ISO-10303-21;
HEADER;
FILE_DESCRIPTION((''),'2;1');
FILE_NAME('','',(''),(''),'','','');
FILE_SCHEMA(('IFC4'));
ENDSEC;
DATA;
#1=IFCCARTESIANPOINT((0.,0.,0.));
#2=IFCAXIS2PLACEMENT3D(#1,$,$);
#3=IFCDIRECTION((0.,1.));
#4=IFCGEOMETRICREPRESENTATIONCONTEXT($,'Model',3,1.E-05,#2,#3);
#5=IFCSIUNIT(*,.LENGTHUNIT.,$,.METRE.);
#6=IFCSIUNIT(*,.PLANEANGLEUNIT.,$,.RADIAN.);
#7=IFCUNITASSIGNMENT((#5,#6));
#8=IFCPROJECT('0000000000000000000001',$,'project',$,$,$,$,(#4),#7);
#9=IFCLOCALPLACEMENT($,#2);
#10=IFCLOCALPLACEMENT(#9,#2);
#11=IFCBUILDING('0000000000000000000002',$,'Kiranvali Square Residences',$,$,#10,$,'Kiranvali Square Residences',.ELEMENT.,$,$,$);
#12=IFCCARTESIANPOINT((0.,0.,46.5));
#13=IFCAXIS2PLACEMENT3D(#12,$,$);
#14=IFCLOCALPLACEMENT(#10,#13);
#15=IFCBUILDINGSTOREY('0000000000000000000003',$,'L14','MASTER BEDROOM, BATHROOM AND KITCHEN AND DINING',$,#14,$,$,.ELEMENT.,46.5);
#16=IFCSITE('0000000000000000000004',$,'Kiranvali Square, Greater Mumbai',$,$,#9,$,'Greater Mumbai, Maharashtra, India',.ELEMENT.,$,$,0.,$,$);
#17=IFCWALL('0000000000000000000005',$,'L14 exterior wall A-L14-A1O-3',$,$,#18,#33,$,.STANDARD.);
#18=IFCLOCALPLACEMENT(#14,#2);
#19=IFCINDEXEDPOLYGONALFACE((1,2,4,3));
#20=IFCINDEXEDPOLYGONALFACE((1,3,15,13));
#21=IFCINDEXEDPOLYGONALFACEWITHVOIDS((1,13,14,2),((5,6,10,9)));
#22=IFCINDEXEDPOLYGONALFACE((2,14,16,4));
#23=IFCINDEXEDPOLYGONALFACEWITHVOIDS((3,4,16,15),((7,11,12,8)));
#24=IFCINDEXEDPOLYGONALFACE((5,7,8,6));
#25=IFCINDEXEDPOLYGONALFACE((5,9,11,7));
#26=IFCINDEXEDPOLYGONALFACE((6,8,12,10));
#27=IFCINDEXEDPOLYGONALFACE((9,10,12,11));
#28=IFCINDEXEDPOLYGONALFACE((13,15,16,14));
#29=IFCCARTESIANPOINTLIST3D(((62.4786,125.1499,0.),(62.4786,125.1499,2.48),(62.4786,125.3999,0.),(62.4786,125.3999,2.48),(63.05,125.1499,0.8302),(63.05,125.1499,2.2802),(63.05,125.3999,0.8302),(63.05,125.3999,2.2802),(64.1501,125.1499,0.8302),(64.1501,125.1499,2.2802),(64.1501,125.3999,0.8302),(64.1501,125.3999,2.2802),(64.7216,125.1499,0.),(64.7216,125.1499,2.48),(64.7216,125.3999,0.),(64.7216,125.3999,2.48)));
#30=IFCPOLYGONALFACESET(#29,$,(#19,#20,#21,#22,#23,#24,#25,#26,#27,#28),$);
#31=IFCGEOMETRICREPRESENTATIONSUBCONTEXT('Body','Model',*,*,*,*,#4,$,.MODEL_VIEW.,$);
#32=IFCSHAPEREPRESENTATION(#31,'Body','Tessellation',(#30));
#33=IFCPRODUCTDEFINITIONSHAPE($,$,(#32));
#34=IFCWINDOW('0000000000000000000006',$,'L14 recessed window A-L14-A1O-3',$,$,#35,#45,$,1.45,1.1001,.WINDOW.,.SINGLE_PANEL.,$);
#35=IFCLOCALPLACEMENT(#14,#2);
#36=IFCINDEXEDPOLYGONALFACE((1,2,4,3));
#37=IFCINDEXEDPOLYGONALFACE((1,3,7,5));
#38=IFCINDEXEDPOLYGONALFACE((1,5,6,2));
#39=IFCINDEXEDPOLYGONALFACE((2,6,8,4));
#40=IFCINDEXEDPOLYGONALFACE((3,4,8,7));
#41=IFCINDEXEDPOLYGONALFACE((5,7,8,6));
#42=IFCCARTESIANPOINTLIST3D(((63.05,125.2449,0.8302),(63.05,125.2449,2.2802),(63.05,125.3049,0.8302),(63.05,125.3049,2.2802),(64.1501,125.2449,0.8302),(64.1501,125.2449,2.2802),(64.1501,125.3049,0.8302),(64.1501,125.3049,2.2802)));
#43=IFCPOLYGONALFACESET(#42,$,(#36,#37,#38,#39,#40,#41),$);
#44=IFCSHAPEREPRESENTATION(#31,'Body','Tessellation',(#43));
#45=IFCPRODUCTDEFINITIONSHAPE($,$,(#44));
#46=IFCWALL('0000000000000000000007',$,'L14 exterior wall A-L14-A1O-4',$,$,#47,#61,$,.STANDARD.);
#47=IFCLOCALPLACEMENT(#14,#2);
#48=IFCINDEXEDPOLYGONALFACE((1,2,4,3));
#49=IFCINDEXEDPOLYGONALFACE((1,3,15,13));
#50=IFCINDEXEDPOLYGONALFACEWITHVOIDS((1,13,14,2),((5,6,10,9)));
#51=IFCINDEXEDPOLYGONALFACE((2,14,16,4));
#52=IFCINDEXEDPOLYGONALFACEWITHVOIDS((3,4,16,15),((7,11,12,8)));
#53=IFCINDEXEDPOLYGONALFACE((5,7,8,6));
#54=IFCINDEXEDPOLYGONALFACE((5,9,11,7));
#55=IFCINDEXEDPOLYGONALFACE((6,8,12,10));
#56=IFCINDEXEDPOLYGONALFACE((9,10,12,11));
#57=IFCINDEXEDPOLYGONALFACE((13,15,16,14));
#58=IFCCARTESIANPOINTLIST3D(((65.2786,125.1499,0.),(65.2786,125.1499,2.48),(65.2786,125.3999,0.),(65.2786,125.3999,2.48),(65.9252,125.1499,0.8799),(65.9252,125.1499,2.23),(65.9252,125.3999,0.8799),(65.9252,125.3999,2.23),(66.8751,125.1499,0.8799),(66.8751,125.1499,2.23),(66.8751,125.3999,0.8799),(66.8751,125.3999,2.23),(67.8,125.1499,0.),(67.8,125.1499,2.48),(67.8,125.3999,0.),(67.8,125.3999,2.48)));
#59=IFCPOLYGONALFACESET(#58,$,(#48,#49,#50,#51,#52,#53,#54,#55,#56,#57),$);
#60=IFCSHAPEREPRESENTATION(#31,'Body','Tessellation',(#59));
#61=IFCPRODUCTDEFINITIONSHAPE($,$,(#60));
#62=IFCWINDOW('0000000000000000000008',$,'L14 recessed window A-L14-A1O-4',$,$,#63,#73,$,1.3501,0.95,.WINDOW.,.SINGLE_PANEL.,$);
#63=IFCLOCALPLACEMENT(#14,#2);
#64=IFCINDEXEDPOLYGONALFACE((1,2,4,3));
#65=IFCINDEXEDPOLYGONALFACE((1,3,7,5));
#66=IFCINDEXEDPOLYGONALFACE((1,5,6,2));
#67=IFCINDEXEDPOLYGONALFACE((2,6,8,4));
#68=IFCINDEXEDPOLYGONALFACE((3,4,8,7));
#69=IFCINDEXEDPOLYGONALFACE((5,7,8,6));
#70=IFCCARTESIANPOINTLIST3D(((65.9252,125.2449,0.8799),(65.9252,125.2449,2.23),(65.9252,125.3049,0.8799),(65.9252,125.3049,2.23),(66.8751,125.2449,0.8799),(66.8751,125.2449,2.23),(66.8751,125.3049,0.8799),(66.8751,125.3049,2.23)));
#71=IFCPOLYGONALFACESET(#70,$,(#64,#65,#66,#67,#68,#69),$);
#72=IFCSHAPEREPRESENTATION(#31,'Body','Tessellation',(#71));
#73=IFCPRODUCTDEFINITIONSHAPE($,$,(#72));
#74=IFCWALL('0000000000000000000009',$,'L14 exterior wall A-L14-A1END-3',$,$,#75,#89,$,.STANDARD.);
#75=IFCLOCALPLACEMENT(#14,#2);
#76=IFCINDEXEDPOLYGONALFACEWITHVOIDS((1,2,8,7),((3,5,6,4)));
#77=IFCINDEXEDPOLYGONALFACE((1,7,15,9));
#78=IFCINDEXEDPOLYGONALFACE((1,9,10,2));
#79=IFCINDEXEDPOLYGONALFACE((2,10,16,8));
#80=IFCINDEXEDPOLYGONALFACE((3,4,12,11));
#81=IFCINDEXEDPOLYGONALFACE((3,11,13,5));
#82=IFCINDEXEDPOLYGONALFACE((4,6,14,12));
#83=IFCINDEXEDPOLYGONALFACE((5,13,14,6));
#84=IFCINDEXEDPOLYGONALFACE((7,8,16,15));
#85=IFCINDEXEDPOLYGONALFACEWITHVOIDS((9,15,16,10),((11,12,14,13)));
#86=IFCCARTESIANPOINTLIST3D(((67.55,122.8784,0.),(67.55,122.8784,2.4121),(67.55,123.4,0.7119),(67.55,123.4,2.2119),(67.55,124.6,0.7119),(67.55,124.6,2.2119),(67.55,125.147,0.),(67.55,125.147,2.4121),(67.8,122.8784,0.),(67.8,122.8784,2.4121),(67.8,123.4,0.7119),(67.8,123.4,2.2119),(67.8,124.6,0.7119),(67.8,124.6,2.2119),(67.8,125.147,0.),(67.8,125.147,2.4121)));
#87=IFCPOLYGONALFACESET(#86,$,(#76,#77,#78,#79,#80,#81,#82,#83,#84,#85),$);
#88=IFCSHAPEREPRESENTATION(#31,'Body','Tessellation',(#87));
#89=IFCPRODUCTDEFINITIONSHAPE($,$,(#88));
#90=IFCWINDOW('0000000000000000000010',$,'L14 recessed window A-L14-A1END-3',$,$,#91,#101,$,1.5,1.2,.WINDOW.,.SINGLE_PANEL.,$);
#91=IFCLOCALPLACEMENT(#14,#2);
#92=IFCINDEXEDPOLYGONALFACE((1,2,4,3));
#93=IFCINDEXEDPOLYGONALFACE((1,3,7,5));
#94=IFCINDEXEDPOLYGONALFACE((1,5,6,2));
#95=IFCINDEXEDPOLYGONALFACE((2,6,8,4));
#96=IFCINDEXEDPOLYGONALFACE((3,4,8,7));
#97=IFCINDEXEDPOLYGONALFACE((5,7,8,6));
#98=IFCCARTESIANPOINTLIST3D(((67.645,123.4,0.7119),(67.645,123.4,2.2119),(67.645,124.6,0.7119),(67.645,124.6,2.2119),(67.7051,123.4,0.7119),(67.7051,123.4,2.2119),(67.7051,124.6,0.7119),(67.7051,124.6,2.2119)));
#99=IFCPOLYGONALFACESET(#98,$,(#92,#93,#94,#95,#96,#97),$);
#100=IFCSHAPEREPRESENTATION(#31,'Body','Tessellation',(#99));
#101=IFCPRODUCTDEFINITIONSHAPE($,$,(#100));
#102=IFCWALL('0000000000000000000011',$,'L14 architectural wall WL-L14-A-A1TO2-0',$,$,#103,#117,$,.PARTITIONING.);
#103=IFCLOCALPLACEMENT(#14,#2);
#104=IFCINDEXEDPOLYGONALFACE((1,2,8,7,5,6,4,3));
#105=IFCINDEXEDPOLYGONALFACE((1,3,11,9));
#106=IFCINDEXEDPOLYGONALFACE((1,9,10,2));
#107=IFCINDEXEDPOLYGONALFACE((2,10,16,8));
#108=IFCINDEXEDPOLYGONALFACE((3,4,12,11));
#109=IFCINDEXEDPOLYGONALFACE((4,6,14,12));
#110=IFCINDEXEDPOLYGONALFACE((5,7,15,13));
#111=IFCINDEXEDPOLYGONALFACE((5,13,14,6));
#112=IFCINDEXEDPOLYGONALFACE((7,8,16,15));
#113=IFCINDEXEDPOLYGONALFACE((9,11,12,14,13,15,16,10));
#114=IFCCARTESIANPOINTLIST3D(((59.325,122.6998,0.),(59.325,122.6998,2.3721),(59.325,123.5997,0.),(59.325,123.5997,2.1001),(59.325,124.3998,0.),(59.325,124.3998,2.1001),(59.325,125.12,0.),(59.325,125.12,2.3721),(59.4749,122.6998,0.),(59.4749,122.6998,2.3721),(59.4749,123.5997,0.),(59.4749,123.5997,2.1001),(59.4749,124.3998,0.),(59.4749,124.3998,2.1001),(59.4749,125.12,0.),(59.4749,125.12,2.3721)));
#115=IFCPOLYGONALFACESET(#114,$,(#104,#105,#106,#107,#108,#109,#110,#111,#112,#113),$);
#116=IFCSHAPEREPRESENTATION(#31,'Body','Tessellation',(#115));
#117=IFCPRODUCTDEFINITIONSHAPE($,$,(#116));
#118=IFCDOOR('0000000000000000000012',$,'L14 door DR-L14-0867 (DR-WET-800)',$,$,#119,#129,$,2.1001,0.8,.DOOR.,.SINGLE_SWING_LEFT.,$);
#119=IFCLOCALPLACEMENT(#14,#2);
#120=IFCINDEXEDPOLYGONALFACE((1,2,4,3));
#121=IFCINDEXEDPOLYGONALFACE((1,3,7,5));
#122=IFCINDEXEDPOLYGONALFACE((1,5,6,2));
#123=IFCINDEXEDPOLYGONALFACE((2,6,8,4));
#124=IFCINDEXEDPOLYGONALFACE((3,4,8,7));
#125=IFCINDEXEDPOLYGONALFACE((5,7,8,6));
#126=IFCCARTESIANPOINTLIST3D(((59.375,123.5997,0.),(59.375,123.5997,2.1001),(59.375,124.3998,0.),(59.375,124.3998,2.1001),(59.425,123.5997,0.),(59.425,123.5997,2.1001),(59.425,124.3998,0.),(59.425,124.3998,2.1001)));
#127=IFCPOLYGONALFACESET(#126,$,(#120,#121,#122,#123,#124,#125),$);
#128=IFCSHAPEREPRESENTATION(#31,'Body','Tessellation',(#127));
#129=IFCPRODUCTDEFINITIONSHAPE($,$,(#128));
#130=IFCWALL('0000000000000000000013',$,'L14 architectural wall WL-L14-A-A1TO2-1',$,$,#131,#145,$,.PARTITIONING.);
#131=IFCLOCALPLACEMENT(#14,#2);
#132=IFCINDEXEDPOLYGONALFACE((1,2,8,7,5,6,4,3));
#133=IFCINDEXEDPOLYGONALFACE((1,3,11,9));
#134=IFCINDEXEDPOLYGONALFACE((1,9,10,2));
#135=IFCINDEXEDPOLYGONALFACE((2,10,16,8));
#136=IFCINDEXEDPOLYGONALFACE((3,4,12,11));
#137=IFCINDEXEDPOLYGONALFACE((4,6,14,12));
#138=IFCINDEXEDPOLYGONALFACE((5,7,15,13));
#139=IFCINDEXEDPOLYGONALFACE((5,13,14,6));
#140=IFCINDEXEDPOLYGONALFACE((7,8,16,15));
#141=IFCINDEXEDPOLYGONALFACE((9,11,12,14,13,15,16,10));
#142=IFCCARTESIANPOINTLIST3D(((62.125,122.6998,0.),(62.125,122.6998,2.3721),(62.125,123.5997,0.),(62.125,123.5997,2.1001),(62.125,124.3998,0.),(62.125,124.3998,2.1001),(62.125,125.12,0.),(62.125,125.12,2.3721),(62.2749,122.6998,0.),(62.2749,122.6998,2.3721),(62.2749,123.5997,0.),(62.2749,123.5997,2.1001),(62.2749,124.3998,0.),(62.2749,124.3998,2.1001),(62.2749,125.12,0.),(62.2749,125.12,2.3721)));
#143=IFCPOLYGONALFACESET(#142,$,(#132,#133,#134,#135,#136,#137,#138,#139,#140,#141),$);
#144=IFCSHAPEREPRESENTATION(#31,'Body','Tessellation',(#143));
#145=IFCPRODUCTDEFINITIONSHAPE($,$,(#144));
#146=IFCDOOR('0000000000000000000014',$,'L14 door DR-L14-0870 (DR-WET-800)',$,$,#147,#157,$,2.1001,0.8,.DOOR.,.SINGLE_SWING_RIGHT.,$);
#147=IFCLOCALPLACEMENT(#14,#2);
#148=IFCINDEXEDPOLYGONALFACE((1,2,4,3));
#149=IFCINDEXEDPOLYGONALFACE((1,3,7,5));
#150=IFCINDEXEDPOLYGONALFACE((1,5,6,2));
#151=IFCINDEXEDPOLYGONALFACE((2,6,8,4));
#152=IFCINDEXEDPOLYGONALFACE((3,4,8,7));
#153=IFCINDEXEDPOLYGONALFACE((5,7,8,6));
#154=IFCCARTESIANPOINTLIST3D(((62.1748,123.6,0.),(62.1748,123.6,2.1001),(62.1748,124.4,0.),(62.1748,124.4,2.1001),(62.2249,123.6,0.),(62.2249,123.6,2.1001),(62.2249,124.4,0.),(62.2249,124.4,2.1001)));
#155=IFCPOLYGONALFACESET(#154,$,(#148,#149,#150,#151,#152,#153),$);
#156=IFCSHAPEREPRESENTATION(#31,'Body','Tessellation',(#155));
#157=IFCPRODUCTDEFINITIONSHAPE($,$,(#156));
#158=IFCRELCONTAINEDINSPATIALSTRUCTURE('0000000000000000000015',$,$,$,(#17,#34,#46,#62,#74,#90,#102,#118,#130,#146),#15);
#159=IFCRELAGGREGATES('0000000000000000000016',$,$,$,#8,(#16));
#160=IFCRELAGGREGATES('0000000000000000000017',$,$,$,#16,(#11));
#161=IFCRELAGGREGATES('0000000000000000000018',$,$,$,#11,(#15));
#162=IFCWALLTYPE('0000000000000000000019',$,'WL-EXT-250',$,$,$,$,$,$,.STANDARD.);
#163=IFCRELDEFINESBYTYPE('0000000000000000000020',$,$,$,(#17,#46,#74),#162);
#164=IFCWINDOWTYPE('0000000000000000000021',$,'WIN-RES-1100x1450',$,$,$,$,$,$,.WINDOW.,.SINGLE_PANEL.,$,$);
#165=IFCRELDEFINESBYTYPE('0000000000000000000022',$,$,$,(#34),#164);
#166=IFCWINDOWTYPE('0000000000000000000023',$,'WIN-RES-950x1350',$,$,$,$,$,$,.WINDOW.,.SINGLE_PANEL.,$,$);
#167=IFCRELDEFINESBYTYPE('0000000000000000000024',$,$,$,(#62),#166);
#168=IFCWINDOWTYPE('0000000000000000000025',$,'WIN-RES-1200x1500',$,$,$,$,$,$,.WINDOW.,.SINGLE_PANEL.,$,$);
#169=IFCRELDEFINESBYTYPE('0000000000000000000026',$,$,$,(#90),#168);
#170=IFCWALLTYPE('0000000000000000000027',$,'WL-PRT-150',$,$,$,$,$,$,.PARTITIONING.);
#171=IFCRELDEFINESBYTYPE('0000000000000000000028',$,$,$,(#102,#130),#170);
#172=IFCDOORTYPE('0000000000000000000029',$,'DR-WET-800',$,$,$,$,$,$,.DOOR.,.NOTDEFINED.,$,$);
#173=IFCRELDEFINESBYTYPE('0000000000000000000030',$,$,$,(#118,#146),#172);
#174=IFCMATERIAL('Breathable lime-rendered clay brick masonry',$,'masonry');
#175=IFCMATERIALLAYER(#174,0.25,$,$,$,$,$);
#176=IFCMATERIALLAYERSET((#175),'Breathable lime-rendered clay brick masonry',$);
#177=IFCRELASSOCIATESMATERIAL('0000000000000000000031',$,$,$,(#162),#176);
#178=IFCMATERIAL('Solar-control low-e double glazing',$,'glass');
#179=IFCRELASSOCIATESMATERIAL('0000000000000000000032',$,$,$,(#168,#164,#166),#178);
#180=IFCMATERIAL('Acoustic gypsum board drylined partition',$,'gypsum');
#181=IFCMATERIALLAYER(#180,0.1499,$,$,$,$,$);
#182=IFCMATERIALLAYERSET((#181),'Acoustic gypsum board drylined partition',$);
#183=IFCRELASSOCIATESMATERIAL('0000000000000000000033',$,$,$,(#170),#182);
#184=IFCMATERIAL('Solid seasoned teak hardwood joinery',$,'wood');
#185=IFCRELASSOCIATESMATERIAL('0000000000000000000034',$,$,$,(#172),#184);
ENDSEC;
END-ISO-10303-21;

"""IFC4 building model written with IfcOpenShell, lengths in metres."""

from ifc_helpers import new_model, si_unit, direction, frame, frame_2d, origin, place, context, subcontext, project, spatial, rectangle, extrude, material, layer, layer_set, type_object, element, fill, save


model = new_model("IFC4")

# Units and contexts
model_context = context("Model", 3, precision=1e-05, world=origin(), true_north=direction((0.0, 1.0)))
body_context = subcontext(model_context, "Body", "Model", "MODEL_VIEW")
ifc_project = project(units=[si_unit("LENGTHUNIT", "METRE"), si_unit("PLANEANGLEUNIT", "RADIAN")], contexts=[model_context])

# Site, building, storey
site_placement = place(None, origin())
site = spatial("IfcSite", under=ifc_project, at=site_placement, Name="Kiranvali Square, Greater Mumbai", LongName="Greater Mumbai, Maharashtra, India", CompositionType="ELEMENT", RefElevation=0.0)
building_placement = place(site_placement, origin())
building = spatial("IfcBuilding", under=site, at=building_placement, Name="Kiranvali Square Residences", LongName="Kiranvali Square Residences", CompositionType="ELEMENT")
storey_placement = place(building_placement, frame((0.0, 0.0, 46.5)))
storey = spatial("IfcBuildingStorey", under=building, at=storey_placement, Name="L14", Description="MASTER BEDROOM, BATHROOM AND KITCHEN AND DINING", CompositionType="ELEMENT", Elevation=46.5)

# Walls, openings, windows
ifc_material_1 = material(Name="Breathable lime-rendered clay brick masonry", Category="masonry")
ifc_layer_1 = layer(ifc_material_1, 0.25)
ifc_layer_set_1 = layer_set([ifc_layer_1], Name="Breathable lime-rendered clay brick masonry")
wall_type_1 = type_object("IfcWallType", Name="WL-EXT-250", PredefinedType="STANDARD", material=ifc_layer_set_1)
ifc_material_2 = material(Name="Solar-control low-e double glazing", Category="glass")
window_type_1 = type_object("IfcWindowType", Name="WIN-RES-1200x1500", PartitioningType="SINGLE_PANEL", PredefinedType="WINDOW", material=ifc_material_2)
wall_1_placement = place(storey_placement, frame((62.4785, 125.2749, 0.0), z_axis=(0.0, 0.0, 1.0), x_axis=(1.0, 0.0, 0.0)))
wall_1 = element("IfcWall", 1, at=wall_1_placement, inside=storey, type_object=wall_type_1, Name="L14 exterior wall A-L14-A1O-3", PredefinedType="STANDARD", context=body_context, shape_type="SweptSolid", body=[
    extrude(rectangle(XDim=2.2429, YDim=0.25, at=frame_2d((1.1216, 0.0))), origin(), (0.0, 0.0, 1.0), 2.48),
])
opening_1_placement = place(wall_1_placement, frame((0.5715, 0.0, 0.8301)))
opening_1 = element("IfcOpeningElement", 2, at=opening_1_placement, cuts=wall_1, PredefinedType="OPENING", context=body_context, shape_type="SweptSolid", body=[
    extrude(rectangle(XDim=1.1001, YDim=1.45, at=frame_2d((0.55, 0.7251))), frame((0.0, 0.135, 0.0), z_axis=(0.0, -1.0, 0.0), x_axis=(1.0, 0.0, 0.0)), (0.0, 0.0, 1.0), 0.27),
])
window_type_2 = type_object("IfcWindowType", Name="WIN-RES-1100x1450", PartitioningType="SINGLE_PANEL", PredefinedType="WINDOW", material=ifc_material_2)
window_1_placement = place(opening_1_placement, origin())
window_1 = element("IfcWindow", 3, at=window_1_placement, inside=storey, type_object=window_type_2, Name="L14 recessed window A-L14-A1O-3", OverallHeight=1.45, OverallWidth=1.1001, PartitioningType="SINGLE_PANEL", PredefinedType="WINDOW", context=body_context, shape_type="SweptSolid", body=[
    extrude(rectangle(XDim=1.1001, YDim=1.45, at=frame_2d((0.55, 0.7251))), frame((0.0, 0.03, 0.0), z_axis=(0.0, -1.0, 0.0), x_axis=(1.0, 0.0, 0.0)), (0.0, 0.0, 1.0), 0.0601),
])
fill(opening_1, window_1)
wall_2_placement = place(storey_placement, frame((65.2786, 125.2749, 0.0), z_axis=(0.0, 0.0, 1.0), x_axis=(1.0, 0.0, 0.0)))
wall_2 = element("IfcWall", 4, at=wall_2_placement, inside=storey, type_object=wall_type_1, Name="L14 exterior wall A-L14-A1O-4", PredefinedType="STANDARD", context=body_context, shape_type="SweptSolid", body=[
    extrude(rectangle(XDim=2.5215, YDim=0.25, at=frame_2d((1.2607, 0.0))), origin(), (0.0, 0.0, 1.0), 2.48),
])
opening_2_placement = place(wall_2_placement, frame((0.6465, 0.0, 0.8799)))
opening_2 = element("IfcOpeningElement", 5, at=opening_2_placement, cuts=wall_2, PredefinedType="OPENING", context=body_context, shape_type="SweptSolid", body=[
    extrude(rectangle(XDim=0.95, YDim=1.3501, at=frame_2d((0.4751, 0.675))), frame((0.0, 0.135, 0.0), z_axis=(0.0, -1.0, 0.0), x_axis=(1.0, 0.0, 0.0)), (0.0, 0.0, 1.0), 0.27),
])
window_type_3 = type_object("IfcWindowType", Name="WIN-RES-950x1350", PartitioningType="SINGLE_PANEL", PredefinedType="WINDOW", material=ifc_material_2)
window_2_placement = place(opening_2_placement, origin())
window_2 = element("IfcWindow", 6, at=window_2_placement, inside=storey, type_object=window_type_3, Name="L14 recessed window A-L14-A1O-4", OverallHeight=1.3501, OverallWidth=0.95, PartitioningType="SINGLE_PANEL", PredefinedType="WINDOW", context=body_context, shape_type="SweptSolid", body=[
    extrude(rectangle(XDim=0.95, YDim=1.3501, at=frame_2d((0.4751, 0.675))), frame((0.0, 0.03, 0.0), z_axis=(0.0, -1.0, 0.0), x_axis=(1.0, 0.0, 0.0)), (0.0, 0.0, 1.0), 0.0601),
])
fill(opening_2, window_2)
wall_3_placement = place(storey_placement, frame((67.675, 122.8784, 0.0), z_axis=(0.0, 0.0, 1.0), x_axis=(0.0, 1.0, 0.0)))
wall_3 = element("IfcWall", 7, at=wall_3_placement, inside=storey, type_object=wall_type_1, Name="L14 exterior wall A-L14-A1END-3", PredefinedType="STANDARD", context=body_context, shape_type="SweptSolid", body=[
    extrude(rectangle(XDim=2.2686, YDim=0.25, at=frame_2d((1.1343, 0.0))), origin(), (0.0, 0.0, 1.0), 2.4121),
])
opening_3_placement = place(wall_3_placement, frame((0.5215, 0.0, 0.7119)))
opening_3 = element("IfcOpeningElement", 8, at=opening_3_placement, cuts=wall_3, PredefinedType="OPENING", context=body_context, shape_type="SweptSolid", body=[
    extrude(rectangle(XDim=1.2, YDim=1.5, at=frame_2d((0.6001, 0.75))), frame((0.0, 0.135, 0.0), z_axis=(0.0, -1.0, 0.0), x_axis=(1.0, 0.0, 0.0)), (0.0, 0.0, 1.0), 0.27),
])
window_3_placement = place(opening_3_placement, origin())
window_3 = element("IfcWindow", 9, at=window_3_placement, inside=storey, type_object=window_type_1, Name="L14 recessed window A-L14-A1END-3", OverallHeight=1.5, OverallWidth=1.2, PartitioningType="SINGLE_PANEL", PredefinedType="WINDOW", context=body_context, shape_type="SweptSolid", body=[
    extrude(rectangle(XDim=1.2, YDim=1.5, at=frame_2d((0.6001, 0.75))), frame((0.0, 0.03, 0.0), z_axis=(0.0, -1.0, 0.0), x_axis=(1.0, 0.0, 0.0)), (0.0, 0.0, 1.0), 0.0601),
])
fill(opening_3, window_3)

# Walls, openings, doors
ifc_material_3 = material(Name="Acoustic gypsum board drylined partition", Category="gypsum")
ifc_layer_2 = layer(ifc_material_3, 0.1499)
ifc_layer_set_2 = layer_set([ifc_layer_2], Name="Acoustic gypsum board drylined partition")
wall_type_2 = type_object("IfcWallType", Name="WL-PRT-150", PredefinedType="PARTITIONING", material=ifc_layer_set_2)
wall_4_placement = place(storey_placement, frame((59.3999, 122.7, 0.0), z_axis=(0.0, 0.0, 1.0), x_axis=(0.0, 1.0, 0.0)))
wall_4 = element("IfcWall", 10, at=wall_4_placement, inside=storey, type_object=wall_type_2, Name="L14 architectural wall WL-L14-A-A1TO2-0", PredefinedType="PARTITIONING", context=body_context, shape_type="SweptSolid", body=[
    extrude(rectangle(XDim=2.4202, YDim=0.1499, at=frame_2d((1.21, 0.0))), origin(), (0.0, 0.0, 1.0), 2.3721),
])
opening_4_placement = place(wall_4_placement, frame((0.8999, 0.0, 0.0)))
opening_4 = element("IfcOpeningElement", 11, at=opening_4_placement, cuts=wall_4, PredefinedType="OPENING", context=body_context, shape_type="SweptSolid", body=[
    extrude(rectangle(XDim=0.8, YDim=2.1001, at=frame_2d((0.3999, 1.05))), frame((0.0, 0.085, 0.0), z_axis=(0.0, -1.0, 0.0), x_axis=(1.0, 0.0, 0.0)), (0.0, 0.0, 1.0), 0.1699),
])
ifc_material_4 = material(Name="Solid seasoned teak hardwood joinery", Category="wood")
door_type_1 = type_object("IfcDoorType", Name="DR-WET-800", OperationType="NOTDEFINED", PredefinedType="DOOR", material=ifc_material_4)
door_1_placement = place(opening_4_placement, origin())
door_1 = element("IfcDoor", 12, at=door_1_placement, inside=storey, type_object=door_type_1, Name="L14 door DR-L14-0867 (DR-WET-800)", OperationType="SINGLE_SWING_LEFT", OverallHeight=2.1001, OverallWidth=0.8, PredefinedType="DOOR", context=body_context, shape_type="SweptSolid", body=[
    extrude(rectangle(XDim=0.8, YDim=2.1001, at=frame_2d((0.3999, 1.05))), frame((0.0, 0.0249, 0.0), z_axis=(0.0, -1.0, 0.0), x_axis=(1.0, 0.0, 0.0)), (0.0, 0.0, 1.0), 0.05),
])
fill(opening_4, door_1)
wall_5_placement = place(storey_placement, frame((62.2, 122.7, 0.0), z_axis=(0.0, 0.0, 1.0), x_axis=(0.0, 1.0, 0.0)))
wall_5 = element("IfcWall", 13, at=wall_5_placement, inside=storey, type_object=wall_type_2, Name="L14 architectural wall WL-L14-A-A1TO2-1", PredefinedType="PARTITIONING", context=body_context, shape_type="SweptSolid", body=[
    extrude(rectangle(XDim=2.4202, YDim=0.1499, at=frame_2d((1.21, 0.0))), origin(), (0.0, 0.0, 1.0), 2.3721),
])
opening_5_placement = place(wall_5_placement, frame((0.8999, 0.0, 0.0)))
opening_5 = element("IfcOpeningElement", 14, at=opening_5_placement, cuts=wall_5, PredefinedType="OPENING", context=body_context, shape_type="SweptSolid", body=[
    extrude(rectangle(XDim=0.8, YDim=2.1001, at=frame_2d((0.3999, 1.05))), frame((0.0, 0.085, 0.0), z_axis=(0.0, -1.0, 0.0), x_axis=(1.0, 0.0, 0.0)), (0.0, 0.0, 1.0), 0.1699),
])
door_2_placement = place(opening_5_placement, frame((0.8, 0.0, 0.0), z_axis=(0.0, 0.0, 1.0), x_axis=(-1.0, 0.0, 0.0)))
door_2 = element("IfcDoor", 15, at=door_2_placement, inside=storey, type_object=door_type_1, Name="L14 door DR-L14-0870 (DR-WET-800)", OperationType="SINGLE_SWING_RIGHT", OverallHeight=2.1001, OverallWidth=0.8, PredefinedType="DOOR", context=body_context, shape_type="SweptSolid", body=[
    extrude(rectangle(XDim=0.8, YDim=2.1001, at=frame_2d((0.3999, 1.05))), frame((0.0, 0.0249, 0.0), z_axis=(0.0, -1.0, 0.0), x_axis=(1.0, 0.0, 0.0)), (0.0, 0.0, 1.0), 0.05),
])
fill(opening_5, door_2)

save(model, "model.ifc")
